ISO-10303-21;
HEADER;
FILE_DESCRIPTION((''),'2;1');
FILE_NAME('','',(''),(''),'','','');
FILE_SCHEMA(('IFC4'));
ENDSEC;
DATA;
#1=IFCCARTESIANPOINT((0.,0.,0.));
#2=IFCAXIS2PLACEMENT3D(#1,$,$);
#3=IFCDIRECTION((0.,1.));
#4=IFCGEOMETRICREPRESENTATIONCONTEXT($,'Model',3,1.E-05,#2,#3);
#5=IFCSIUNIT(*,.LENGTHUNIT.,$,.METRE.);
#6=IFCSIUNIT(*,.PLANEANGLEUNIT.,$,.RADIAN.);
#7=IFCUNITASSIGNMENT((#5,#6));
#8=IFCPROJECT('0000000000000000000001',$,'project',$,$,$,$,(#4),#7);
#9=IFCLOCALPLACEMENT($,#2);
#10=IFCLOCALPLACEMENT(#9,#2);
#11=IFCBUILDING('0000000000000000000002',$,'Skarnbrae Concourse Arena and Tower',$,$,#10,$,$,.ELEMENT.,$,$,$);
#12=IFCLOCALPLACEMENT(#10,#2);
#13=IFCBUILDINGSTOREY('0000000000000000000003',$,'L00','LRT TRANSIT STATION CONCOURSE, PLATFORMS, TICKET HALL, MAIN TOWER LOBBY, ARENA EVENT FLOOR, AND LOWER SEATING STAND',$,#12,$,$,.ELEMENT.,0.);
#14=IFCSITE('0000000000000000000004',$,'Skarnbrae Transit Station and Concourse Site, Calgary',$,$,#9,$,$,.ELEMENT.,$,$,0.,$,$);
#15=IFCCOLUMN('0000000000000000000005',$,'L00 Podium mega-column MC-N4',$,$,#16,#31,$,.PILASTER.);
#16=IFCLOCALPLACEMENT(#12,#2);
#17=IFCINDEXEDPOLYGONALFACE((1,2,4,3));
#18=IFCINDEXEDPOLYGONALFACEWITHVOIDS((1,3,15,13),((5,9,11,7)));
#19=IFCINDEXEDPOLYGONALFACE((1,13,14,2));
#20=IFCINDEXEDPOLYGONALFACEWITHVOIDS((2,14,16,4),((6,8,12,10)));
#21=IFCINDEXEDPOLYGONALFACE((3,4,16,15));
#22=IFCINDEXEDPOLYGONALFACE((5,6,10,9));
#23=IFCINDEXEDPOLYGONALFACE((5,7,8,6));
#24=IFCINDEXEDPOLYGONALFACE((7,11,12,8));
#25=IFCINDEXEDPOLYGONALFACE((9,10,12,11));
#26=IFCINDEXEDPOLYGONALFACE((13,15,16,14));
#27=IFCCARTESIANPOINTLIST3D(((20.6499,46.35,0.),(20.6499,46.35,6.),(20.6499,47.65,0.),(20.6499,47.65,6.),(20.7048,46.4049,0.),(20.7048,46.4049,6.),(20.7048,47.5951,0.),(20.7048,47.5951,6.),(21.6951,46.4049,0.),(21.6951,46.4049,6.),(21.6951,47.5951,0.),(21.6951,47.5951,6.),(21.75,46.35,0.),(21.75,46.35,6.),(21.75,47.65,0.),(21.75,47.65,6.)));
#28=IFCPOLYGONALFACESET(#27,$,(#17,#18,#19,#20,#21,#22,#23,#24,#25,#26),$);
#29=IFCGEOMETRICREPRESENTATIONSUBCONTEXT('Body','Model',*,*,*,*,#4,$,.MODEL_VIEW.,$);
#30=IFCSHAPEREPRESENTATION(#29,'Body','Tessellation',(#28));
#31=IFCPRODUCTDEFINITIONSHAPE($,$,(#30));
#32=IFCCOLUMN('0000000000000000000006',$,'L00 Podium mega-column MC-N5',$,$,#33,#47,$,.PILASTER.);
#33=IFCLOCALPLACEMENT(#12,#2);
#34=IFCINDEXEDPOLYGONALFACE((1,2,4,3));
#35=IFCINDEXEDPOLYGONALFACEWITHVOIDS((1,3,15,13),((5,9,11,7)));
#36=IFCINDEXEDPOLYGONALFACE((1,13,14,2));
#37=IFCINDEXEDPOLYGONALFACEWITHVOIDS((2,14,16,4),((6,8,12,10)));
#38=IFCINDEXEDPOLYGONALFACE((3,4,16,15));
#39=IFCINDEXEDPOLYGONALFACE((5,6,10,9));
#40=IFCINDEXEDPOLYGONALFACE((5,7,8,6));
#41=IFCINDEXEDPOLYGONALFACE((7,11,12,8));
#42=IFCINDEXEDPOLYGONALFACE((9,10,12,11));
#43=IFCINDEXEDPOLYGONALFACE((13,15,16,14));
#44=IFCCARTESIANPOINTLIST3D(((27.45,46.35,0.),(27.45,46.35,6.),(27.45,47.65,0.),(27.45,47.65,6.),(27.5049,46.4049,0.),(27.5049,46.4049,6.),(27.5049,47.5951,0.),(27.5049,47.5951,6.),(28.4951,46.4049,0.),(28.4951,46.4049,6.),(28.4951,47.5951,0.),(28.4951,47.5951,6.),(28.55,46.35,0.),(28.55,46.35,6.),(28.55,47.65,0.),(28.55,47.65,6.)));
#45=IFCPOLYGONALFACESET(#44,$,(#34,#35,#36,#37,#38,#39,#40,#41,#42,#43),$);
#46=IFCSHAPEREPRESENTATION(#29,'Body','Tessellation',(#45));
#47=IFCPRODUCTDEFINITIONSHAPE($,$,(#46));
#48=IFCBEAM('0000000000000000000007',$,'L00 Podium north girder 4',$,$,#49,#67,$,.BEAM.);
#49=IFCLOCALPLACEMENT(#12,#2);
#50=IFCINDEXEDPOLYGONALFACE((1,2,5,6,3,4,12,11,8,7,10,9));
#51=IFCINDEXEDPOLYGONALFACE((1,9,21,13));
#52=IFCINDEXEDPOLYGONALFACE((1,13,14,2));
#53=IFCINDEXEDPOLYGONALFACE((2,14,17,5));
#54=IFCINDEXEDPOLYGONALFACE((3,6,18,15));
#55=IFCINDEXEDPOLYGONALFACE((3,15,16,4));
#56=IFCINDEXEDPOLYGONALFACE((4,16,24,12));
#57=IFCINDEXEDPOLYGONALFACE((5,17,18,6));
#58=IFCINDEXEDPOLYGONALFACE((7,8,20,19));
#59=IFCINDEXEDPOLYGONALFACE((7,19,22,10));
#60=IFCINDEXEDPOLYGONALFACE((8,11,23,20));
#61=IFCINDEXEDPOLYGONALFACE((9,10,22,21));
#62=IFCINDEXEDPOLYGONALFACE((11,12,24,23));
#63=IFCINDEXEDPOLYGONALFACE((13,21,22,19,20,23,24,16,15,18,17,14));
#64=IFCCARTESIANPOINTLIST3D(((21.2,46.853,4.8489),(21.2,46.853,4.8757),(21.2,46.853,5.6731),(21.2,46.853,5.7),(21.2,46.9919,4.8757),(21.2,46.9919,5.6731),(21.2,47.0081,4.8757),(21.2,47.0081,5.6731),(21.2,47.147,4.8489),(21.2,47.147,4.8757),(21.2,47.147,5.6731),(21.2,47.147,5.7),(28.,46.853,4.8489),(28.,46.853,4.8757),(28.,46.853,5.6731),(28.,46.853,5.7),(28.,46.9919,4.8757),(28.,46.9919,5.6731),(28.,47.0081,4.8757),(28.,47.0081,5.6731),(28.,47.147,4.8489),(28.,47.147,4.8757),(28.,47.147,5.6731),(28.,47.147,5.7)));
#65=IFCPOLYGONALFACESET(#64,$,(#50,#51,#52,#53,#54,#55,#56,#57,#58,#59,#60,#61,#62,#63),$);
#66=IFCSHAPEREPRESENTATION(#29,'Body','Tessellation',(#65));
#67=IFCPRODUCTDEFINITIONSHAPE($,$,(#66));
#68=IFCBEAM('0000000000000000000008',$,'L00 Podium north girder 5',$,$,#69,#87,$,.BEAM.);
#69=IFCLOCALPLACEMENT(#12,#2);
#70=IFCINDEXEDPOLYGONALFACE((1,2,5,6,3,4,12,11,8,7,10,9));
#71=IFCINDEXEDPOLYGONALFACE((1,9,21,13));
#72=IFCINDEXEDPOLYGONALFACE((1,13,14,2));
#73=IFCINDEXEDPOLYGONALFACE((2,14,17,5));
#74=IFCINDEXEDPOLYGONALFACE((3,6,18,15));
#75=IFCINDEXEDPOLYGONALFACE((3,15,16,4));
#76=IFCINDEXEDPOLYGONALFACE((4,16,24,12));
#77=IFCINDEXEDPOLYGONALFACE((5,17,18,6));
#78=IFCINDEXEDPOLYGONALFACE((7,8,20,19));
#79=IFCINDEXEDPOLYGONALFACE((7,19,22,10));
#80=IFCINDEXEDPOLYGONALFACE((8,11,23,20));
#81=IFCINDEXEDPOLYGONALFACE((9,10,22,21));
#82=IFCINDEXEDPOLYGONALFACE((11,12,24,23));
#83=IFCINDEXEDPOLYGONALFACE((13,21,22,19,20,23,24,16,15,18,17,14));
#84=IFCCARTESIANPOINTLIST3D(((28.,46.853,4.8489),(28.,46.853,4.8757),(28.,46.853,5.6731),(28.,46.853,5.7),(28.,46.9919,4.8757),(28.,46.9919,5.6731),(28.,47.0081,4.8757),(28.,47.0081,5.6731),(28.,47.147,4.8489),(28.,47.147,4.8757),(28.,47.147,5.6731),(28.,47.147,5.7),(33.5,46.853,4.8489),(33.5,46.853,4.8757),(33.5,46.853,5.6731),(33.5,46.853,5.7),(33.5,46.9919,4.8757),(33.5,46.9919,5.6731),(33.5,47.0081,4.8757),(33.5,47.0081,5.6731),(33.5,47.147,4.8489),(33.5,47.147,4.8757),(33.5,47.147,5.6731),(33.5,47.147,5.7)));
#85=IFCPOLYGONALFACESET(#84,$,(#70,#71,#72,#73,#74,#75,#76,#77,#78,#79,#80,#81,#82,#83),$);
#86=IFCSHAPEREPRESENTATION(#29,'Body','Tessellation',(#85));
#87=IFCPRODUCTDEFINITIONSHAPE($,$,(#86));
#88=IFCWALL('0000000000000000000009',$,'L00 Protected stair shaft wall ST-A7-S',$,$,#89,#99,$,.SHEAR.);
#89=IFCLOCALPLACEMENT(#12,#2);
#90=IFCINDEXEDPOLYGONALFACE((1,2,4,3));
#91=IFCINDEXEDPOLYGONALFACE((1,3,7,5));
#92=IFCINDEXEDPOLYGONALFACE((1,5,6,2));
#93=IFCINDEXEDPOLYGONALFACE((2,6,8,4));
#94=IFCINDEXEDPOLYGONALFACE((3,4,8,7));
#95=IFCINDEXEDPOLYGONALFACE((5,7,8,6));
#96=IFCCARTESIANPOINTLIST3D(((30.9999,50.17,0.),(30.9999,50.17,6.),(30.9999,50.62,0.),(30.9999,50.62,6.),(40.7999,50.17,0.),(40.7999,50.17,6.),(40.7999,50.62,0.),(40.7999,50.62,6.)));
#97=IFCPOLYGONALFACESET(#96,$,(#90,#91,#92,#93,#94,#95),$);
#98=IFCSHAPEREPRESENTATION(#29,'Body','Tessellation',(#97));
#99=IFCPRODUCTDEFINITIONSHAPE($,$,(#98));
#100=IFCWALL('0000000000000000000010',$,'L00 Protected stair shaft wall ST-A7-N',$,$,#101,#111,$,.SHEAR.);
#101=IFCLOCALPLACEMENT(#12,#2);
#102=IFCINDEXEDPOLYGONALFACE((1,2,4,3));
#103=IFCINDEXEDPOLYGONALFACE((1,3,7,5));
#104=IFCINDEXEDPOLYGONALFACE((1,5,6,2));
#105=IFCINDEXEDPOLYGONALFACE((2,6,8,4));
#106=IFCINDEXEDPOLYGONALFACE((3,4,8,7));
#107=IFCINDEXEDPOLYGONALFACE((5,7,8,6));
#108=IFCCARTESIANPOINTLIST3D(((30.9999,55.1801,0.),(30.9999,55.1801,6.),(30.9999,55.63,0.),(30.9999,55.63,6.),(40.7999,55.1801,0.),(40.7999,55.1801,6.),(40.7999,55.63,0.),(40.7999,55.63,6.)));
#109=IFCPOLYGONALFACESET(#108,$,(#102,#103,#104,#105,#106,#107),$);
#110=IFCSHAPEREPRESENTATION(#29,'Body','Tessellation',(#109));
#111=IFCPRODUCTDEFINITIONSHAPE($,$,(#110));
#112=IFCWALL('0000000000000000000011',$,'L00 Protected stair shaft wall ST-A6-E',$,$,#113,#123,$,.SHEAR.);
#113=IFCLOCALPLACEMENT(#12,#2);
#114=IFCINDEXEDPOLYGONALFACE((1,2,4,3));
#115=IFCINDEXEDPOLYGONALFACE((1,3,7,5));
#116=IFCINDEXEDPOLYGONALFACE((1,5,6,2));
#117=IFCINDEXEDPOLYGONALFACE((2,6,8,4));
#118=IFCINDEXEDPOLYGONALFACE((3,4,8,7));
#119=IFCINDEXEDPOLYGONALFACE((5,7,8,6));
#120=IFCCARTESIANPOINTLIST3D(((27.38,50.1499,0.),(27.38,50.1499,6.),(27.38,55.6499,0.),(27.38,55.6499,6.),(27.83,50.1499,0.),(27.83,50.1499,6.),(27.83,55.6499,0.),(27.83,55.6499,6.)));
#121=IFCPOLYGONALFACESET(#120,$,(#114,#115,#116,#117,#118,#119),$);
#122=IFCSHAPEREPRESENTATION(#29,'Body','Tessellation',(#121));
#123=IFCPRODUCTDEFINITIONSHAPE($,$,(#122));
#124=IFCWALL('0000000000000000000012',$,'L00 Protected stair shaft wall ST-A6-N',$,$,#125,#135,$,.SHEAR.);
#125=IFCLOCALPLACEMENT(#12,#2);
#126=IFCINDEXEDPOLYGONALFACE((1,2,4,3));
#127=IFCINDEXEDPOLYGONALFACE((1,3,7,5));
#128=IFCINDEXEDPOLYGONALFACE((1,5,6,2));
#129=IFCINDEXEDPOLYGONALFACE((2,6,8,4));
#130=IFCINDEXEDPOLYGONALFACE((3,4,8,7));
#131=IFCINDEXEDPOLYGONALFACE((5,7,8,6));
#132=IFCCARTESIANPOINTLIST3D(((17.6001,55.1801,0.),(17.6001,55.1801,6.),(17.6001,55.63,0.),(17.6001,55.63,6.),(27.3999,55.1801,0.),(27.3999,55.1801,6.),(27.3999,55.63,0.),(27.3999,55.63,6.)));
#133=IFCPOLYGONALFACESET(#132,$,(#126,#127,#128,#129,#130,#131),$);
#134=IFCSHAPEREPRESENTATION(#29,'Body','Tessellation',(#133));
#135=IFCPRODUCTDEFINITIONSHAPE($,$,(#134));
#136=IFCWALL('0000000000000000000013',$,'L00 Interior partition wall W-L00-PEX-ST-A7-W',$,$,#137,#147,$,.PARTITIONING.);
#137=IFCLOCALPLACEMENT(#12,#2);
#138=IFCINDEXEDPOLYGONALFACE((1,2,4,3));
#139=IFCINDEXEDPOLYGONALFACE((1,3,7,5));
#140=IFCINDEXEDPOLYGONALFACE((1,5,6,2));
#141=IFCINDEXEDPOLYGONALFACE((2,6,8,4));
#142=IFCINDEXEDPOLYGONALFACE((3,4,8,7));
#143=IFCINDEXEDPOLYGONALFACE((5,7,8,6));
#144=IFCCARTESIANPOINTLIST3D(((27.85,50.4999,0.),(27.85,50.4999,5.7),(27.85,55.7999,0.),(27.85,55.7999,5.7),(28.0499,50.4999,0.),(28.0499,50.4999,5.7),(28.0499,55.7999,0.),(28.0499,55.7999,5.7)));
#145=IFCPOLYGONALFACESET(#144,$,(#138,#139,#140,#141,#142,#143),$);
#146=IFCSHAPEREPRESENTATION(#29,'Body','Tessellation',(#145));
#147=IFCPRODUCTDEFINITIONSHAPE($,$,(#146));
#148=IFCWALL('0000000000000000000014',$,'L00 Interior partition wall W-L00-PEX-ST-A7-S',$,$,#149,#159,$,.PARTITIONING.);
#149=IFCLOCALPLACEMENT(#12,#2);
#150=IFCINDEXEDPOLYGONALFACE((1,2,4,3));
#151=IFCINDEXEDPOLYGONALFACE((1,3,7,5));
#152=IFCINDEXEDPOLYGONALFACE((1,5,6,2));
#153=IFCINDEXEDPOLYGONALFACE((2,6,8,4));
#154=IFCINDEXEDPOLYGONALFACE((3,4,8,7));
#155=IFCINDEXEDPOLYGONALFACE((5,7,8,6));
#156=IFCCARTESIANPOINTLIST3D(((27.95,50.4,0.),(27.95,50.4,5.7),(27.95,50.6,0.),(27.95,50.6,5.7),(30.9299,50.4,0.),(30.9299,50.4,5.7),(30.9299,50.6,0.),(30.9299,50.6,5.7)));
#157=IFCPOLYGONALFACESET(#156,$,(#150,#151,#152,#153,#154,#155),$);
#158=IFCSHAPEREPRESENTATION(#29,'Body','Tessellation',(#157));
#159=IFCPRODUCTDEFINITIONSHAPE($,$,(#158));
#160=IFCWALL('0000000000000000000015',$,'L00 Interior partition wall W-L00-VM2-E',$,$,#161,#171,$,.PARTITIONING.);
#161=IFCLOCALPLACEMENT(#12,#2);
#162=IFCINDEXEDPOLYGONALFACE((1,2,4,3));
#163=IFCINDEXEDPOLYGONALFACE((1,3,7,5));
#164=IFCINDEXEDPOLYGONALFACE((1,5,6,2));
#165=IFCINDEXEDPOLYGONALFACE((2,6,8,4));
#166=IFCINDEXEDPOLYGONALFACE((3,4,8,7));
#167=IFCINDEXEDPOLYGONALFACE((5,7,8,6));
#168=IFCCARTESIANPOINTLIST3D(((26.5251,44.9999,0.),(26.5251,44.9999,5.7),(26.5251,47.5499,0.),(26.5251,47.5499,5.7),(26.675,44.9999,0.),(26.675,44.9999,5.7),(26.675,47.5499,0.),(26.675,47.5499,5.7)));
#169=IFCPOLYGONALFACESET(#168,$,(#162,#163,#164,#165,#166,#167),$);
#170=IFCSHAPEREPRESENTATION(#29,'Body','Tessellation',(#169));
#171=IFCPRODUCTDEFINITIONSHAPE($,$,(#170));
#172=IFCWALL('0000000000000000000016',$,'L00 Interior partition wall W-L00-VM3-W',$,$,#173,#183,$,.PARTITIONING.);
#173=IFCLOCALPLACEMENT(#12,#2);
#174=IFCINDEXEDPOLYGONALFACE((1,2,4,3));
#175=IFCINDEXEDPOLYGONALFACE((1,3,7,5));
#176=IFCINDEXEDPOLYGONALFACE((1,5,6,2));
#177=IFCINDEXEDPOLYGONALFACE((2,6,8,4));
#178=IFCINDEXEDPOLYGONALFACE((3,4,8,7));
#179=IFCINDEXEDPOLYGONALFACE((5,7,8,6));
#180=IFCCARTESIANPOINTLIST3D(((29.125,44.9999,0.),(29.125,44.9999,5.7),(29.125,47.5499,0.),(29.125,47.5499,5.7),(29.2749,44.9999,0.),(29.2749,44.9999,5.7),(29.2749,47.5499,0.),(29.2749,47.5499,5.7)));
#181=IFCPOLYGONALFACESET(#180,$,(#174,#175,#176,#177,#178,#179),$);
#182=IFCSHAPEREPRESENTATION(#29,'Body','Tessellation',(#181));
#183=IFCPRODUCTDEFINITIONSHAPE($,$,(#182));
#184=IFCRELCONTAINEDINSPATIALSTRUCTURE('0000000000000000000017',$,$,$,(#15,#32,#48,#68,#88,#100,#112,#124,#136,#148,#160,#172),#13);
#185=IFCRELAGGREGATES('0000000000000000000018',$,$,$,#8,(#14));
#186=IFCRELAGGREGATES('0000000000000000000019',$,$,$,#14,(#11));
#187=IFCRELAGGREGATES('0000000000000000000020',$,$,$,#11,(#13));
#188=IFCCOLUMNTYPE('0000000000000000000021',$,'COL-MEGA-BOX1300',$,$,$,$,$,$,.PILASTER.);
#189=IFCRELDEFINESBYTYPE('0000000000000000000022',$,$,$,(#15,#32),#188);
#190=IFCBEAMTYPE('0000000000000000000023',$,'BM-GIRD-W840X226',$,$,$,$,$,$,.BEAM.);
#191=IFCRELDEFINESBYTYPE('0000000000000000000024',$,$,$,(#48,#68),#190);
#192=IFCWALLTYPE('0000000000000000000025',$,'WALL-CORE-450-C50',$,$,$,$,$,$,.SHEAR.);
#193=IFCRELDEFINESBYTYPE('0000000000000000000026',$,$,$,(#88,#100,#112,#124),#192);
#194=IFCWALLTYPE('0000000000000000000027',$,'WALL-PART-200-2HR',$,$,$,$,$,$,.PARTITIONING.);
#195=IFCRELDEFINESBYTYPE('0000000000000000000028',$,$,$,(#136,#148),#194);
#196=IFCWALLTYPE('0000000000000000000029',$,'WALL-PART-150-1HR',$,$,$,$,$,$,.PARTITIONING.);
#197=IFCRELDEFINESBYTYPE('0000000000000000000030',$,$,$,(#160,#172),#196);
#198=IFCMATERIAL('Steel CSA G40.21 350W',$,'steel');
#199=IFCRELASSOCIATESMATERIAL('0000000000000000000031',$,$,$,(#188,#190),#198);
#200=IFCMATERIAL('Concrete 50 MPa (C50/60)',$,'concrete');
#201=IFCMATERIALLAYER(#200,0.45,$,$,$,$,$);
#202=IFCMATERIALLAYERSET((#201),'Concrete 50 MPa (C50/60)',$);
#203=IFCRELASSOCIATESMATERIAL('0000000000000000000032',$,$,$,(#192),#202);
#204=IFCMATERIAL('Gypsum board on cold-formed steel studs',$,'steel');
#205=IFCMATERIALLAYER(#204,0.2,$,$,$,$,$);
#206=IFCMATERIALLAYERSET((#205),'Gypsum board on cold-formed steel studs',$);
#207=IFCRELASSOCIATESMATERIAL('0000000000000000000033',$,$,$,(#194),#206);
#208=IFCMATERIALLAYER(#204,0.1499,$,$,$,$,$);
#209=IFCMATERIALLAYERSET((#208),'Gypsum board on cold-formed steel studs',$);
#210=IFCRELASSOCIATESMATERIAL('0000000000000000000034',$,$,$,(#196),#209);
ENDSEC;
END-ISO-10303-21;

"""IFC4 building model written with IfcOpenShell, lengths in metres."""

from ifc_helpers import new_model, si_unit, direction, frame, frame_2d, origin, origin_2d, place, context, subcontext, project, spatial, rectangle, hollow_rectangle, i_section, extrude, source, transform, mapped, material, layer, layer_set, material_profile, profile_set, type_object, element, save


model = new_model("IFC4")

# Units and contexts
model_context = context("Model", 3, precision=1e-05, world=origin(), true_north=direction((0.0, 1.0)))
body_context = subcontext(model_context, "Body", "Model", "MODEL_VIEW")
ifc_project = project(units=[si_unit("LENGTHUNIT", "METRE"), si_unit("PLANEANGLEUNIT", "RADIAN")], contexts=[model_context])

# Site, building, storey
site_placement = place(None, origin())
site = spatial("IfcSite", under=ifc_project, at=site_placement, Name="Skarnbrae Transit Station and Concourse Site, Calgary", CompositionType="ELEMENT", RefElevation=0.0)
building_placement = place(site_placement, origin())
building = spatial("IfcBuilding", under=site, at=building_placement, Name="Skarnbrae Concourse Arena and Tower", CompositionType="ELEMENT")
storey_placement = place(building_placement, origin())
storey = spatial("IfcBuildingStorey", under=building, at=storey_placement, Name="L00", Description="LRT TRANSIT STATION CONCOURSE, PLATFORMS, TICKET HALL, MAIN TOWER LOBBY, ARENA EVENT FLOOR, AND LOWER SEATING STAND", CompositionType="ELEMENT", Elevation=0.0)

# Columns
ifc_material_1 = material(Name="Steel CSA G40.21 350W", Category="steel")
ifc_material_profile_1 = material_profile(ifc_material_1, hollow_rectangle(XDim=1.1001, YDim=1.3, WallThickness=0.0549, at=origin_2d()), Name="BOX1300X1100X55")
ifc_profile_set_1 = profile_set([ifc_material_profile_1], Name="Steel CSA G40.21 350W")
column_type = type_object("IfcColumnType", Name="COL-MEGA-BOX1300", PredefinedType="PILASTER", material=ifc_profile_set_1)
shared_shape_1 = source(origin(), body_context, "Body", "SweptSolid", [
    extrude(hollow_rectangle(XDim=1.1001, YDim=1.3, WallThickness=0.0549, at=origin_2d()), origin(), (0.0, 0.0, 1.0), 6.0),
])
for number, where, z_axis, x_axis, name in (
    (1, (21.2, 47.0, 0.0), (0.0, 0.0, 1.0), (1.0, 0.0, 0.0), "L00 Podium mega-column MC-N4"),
    (2, (28.0, 47.0, 0.0), (0.0, 0.0, 1.0), (1.0, 0.0, 0.0), "L00 Podium mega-column MC-N5"),
):
    element("IfcColumn", number, at=place(storey_placement, frame(where, z_axis=z_axis, x_axis=x_axis)), inside=storey, type_object=column_type, Name=name, PredefinedType="PILASTER", context=body_context, shape_type="MappedRepresentation", body=[
        mapped(shared_shape_1, transform((0.0, 0.0, 0.0))),
    ])

# Beams
ifc_material_profile_2 = material_profile(ifc_material_1, i_section(OverallWidth=0.2939, OverallDepth=0.8511, WebThickness=0.0161, FlangeThickness=0.0269, at=origin_2d()), Name="W840X226")
ifc_profile_set_2 = profile_set([ifc_material_profile_2], Name="Steel CSA G40.21 350W")
beam_type = type_object("IfcBeamType", Name="BM-GIRD-W840X226", PredefinedType="BEAM", material=ifc_profile_set_2)
shared_shape_2 = source(origin(), body_context, "Body", "SweptSolid", [
    extrude(i_section(OverallWidth=0.2939, OverallDepth=0.8511, WebThickness=0.0161, FlangeThickness=0.0269, at=origin_2d()), origin(), (0.0, 0.0, 1.0), 6.8),
])
beam_1_placement = place(storey_placement, frame((21.2, 47.0, 5.2744), z_axis=(1.0, 0.0, 0.0), x_axis=(0.0, 1.0, 0.0)))
element("IfcBeam", 3, at=beam_1_placement, inside=storey, type_object=beam_type, Name="L00 Podium north girder 4", PredefinedType="BEAM", context=body_context, shape_type="MappedRepresentation", body=[
    mapped(shared_shape_2, transform((0.0, 0.0, 0.0))),
])
shared_shape_3 = source(origin(), body_context, "Body", "SweptSolid", [
    extrude(i_section(OverallWidth=0.2939, OverallDepth=0.8511, WebThickness=0.0161, FlangeThickness=0.0269, at=origin_2d()), origin(), (0.0, 0.0, 1.0), 5.5),
])
beam_2_placement = place(storey_placement, frame((28.0, 47.0, 5.2744), z_axis=(1.0, 0.0, 0.0), x_axis=(0.0, 1.0, 0.0)))
element("IfcBeam", 4, at=beam_2_placement, inside=storey, type_object=beam_type, Name="L00 Podium north girder 5", PredefinedType="BEAM", context=body_context, shape_type="MappedRepresentation", body=[
    mapped(shared_shape_3, transform((0.0, 0.0, 0.0))),
])

# Walls
ifc_material_2 = material(Name="Concrete 50 MPa (C50/60)", Category="concrete")
ifc_layer_1 = layer(ifc_material_2, 0.45)
ifc_layer_set_1 = layer_set([ifc_layer_1], Name="Concrete 50 MPa (C50/60)")
wall_type_1 = type_object("IfcWallType", Name="WALL-CORE-450-C50", PredefinedType="SHEAR", material=ifc_layer_set_1)
shared_shape_4 = source(origin(), body_context, "Body", "SweptSolid", [
    extrude(rectangle(XDim=9.8, YDim=0.45, at=frame_2d((4.8999, 0.0))), origin(), (0.0, 0.0, 1.0), 6.0),
])
for number, where, z_axis, x_axis, name in (
    (5, (31.0, 50.395, 0.0), (0.0, 0.0, 1.0), (1.0, 0.0, 0.0), "L00 Protected stair shaft wall ST-A7-S"),
    (6, (31.0, 55.405, 0.0), (0.0, 0.0, 1.0), (1.0, 0.0, 0.0), "L00 Protected stair shaft wall ST-A7-N"),
):
    element("IfcWall", number, at=place(storey_placement, frame(where, z_axis=z_axis, x_axis=x_axis)), inside=storey, type_object=wall_type_1, Name=name, PredefinedType="SHEAR", context=body_context, shape_type="MappedRepresentation", body=[
        mapped(shared_shape_4, transform((0.0, 0.0, 0.0))),
    ])
shared_shape_5 = source(origin(), body_context, "Body", "SweptSolid", [
    extrude(rectangle(XDim=5.5, YDim=0.45, at=frame_2d((2.75, 0.0))), origin(), (0.0, 0.0, 1.0), 6.0),
])
wall_1_placement = place(storey_placement, frame((27.605, 50.1499, 0.0), z_axis=(0.0, 0.0, 1.0), x_axis=(0.0, 1.0, 0.0)))
element("IfcWall", 7, at=wall_1_placement, inside=storey, type_object=wall_type_1, Name="L00 Protected stair shaft wall ST-A6-E", PredefinedType="SHEAR", context=body_context, shape_type="MappedRepresentation", body=[
    mapped(shared_shape_5, transform((0.0, 0.0, 0.0))),
])

# Walls
shared_shape_6 = source(origin(), body_context, "Body", "SweptSolid", [
    extrude(rectangle(XDim=9.7998, YDim=0.45, at=frame_2d((4.8999, 0.0))), origin(), (0.0, 0.0, 1.0), 6.0),
])
wall_2_placement = place(storey_placement, frame((17.6001, 55.405, 0.0), z_axis=(0.0, 0.0, 1.0), x_axis=(1.0, 0.0, 0.0)))
element("IfcWall", 8, at=wall_2_placement, inside=storey, type_object=wall_type_1, Name="L00 Protected stair shaft wall ST-A6-N", PredefinedType="SHEAR", context=body_context, shape_type="MappedRepresentation", body=[
    mapped(shared_shape_6, transform((0.0, 0.0, 0.0))),
])
ifc_material_3 = material(Name="Gypsum board on cold-formed steel studs", Category="steel")
ifc_layer_2 = layer(ifc_material_3, 0.2)
ifc_layer_set_2 = layer_set([ifc_layer_2], Name="Gypsum board on cold-formed steel studs")
wall_type_2 = type_object("IfcWallType", Name="WALL-PART-200-2HR", PredefinedType="PARTITIONING", material=ifc_layer_set_2)
shared_shape_7 = source(origin(), body_context, "Body", "SweptSolid", [
    extrude(rectangle(XDim=5.3, YDim=0.2, at=frame_2d((2.6499, 0.0))), origin(), (0.0, 0.0, 1.0), 5.7),
])
wall_3_placement = place(storey_placement, frame((27.95, 50.5, 0.0), z_axis=(0.0, 0.0, 1.0), x_axis=(0.0, 1.0, 0.0)))
element("IfcWall", 9, at=wall_3_placement, inside=storey, type_object=wall_type_2, Name="L00 Interior partition wall W-L00-PEX-ST-A7-W", PredefinedType="PARTITIONING", context=body_context, shape_type="MappedRepresentation", body=[
    mapped(shared_shape_7, transform((0.0, 0.0, 0.0))),
])
shared_shape_8 = source(origin(), body_context, "Body", "SweptSolid", [
    extrude(rectangle(XDim=2.98, YDim=0.2, at=frame_2d((1.49, 0.0))), origin(), (0.0, 0.0, 1.0), 5.7),
])
wall_4_placement = place(storey_placement, frame((27.95, 50.5, 0.0), z_axis=(0.0, 0.0, 1.0), x_axis=(1.0, 0.0, 0.0)))
element("IfcWall", 10, at=wall_4_placement, inside=storey, type_object=wall_type_2, Name="L00 Interior partition wall W-L00-PEX-ST-A7-S", PredefinedType="PARTITIONING", context=body_context, shape_type="MappedRepresentation", body=[
    mapped(shared_shape_8, transform((0.0, 0.0, 0.0))),
])
ifc_layer_3 = layer(ifc_material_3, 0.1499)
ifc_layer_set_3 = layer_set([ifc_layer_3], Name="Gypsum board on cold-formed steel studs")
wall_type_3 = type_object("IfcWallType", Name="WALL-PART-150-1HR", PredefinedType="PARTITIONING", material=ifc_layer_set_3)
shared_shape_9 = source(origin(), body_context, "Body", "SweptSolid", [
    extrude(rectangle(XDim=2.55, YDim=0.1499, at=frame_2d((1.2749, 0.0))), origin(), (0.0, 0.0, 1.0), 5.7),
])
for number, where, z_axis, x_axis, name in (
    (11, (26.6001, 45.0, 0.0), (0.0, 0.0, 1.0), (0.0, 1.0, 0.0), "L00 Interior partition wall W-L00-VM2-E"),
    (12, (29.2, 45.0, 0.0), (0.0, 0.0, 1.0), (0.0, 1.0, 0.0), "L00 Interior partition wall W-L00-VM3-W"),
):
    element("IfcWall", number, at=place(storey_placement, frame(where, z_axis=z_axis, x_axis=x_axis)), inside=storey, type_object=wall_type_3, Name=name, PredefinedType="PARTITIONING", context=body_context, shape_type="MappedRepresentation", body=[
        mapped(shared_shape_9, transform((0.0, 0.0, 0.0))),
    ])

save(model, "model.ifc")
